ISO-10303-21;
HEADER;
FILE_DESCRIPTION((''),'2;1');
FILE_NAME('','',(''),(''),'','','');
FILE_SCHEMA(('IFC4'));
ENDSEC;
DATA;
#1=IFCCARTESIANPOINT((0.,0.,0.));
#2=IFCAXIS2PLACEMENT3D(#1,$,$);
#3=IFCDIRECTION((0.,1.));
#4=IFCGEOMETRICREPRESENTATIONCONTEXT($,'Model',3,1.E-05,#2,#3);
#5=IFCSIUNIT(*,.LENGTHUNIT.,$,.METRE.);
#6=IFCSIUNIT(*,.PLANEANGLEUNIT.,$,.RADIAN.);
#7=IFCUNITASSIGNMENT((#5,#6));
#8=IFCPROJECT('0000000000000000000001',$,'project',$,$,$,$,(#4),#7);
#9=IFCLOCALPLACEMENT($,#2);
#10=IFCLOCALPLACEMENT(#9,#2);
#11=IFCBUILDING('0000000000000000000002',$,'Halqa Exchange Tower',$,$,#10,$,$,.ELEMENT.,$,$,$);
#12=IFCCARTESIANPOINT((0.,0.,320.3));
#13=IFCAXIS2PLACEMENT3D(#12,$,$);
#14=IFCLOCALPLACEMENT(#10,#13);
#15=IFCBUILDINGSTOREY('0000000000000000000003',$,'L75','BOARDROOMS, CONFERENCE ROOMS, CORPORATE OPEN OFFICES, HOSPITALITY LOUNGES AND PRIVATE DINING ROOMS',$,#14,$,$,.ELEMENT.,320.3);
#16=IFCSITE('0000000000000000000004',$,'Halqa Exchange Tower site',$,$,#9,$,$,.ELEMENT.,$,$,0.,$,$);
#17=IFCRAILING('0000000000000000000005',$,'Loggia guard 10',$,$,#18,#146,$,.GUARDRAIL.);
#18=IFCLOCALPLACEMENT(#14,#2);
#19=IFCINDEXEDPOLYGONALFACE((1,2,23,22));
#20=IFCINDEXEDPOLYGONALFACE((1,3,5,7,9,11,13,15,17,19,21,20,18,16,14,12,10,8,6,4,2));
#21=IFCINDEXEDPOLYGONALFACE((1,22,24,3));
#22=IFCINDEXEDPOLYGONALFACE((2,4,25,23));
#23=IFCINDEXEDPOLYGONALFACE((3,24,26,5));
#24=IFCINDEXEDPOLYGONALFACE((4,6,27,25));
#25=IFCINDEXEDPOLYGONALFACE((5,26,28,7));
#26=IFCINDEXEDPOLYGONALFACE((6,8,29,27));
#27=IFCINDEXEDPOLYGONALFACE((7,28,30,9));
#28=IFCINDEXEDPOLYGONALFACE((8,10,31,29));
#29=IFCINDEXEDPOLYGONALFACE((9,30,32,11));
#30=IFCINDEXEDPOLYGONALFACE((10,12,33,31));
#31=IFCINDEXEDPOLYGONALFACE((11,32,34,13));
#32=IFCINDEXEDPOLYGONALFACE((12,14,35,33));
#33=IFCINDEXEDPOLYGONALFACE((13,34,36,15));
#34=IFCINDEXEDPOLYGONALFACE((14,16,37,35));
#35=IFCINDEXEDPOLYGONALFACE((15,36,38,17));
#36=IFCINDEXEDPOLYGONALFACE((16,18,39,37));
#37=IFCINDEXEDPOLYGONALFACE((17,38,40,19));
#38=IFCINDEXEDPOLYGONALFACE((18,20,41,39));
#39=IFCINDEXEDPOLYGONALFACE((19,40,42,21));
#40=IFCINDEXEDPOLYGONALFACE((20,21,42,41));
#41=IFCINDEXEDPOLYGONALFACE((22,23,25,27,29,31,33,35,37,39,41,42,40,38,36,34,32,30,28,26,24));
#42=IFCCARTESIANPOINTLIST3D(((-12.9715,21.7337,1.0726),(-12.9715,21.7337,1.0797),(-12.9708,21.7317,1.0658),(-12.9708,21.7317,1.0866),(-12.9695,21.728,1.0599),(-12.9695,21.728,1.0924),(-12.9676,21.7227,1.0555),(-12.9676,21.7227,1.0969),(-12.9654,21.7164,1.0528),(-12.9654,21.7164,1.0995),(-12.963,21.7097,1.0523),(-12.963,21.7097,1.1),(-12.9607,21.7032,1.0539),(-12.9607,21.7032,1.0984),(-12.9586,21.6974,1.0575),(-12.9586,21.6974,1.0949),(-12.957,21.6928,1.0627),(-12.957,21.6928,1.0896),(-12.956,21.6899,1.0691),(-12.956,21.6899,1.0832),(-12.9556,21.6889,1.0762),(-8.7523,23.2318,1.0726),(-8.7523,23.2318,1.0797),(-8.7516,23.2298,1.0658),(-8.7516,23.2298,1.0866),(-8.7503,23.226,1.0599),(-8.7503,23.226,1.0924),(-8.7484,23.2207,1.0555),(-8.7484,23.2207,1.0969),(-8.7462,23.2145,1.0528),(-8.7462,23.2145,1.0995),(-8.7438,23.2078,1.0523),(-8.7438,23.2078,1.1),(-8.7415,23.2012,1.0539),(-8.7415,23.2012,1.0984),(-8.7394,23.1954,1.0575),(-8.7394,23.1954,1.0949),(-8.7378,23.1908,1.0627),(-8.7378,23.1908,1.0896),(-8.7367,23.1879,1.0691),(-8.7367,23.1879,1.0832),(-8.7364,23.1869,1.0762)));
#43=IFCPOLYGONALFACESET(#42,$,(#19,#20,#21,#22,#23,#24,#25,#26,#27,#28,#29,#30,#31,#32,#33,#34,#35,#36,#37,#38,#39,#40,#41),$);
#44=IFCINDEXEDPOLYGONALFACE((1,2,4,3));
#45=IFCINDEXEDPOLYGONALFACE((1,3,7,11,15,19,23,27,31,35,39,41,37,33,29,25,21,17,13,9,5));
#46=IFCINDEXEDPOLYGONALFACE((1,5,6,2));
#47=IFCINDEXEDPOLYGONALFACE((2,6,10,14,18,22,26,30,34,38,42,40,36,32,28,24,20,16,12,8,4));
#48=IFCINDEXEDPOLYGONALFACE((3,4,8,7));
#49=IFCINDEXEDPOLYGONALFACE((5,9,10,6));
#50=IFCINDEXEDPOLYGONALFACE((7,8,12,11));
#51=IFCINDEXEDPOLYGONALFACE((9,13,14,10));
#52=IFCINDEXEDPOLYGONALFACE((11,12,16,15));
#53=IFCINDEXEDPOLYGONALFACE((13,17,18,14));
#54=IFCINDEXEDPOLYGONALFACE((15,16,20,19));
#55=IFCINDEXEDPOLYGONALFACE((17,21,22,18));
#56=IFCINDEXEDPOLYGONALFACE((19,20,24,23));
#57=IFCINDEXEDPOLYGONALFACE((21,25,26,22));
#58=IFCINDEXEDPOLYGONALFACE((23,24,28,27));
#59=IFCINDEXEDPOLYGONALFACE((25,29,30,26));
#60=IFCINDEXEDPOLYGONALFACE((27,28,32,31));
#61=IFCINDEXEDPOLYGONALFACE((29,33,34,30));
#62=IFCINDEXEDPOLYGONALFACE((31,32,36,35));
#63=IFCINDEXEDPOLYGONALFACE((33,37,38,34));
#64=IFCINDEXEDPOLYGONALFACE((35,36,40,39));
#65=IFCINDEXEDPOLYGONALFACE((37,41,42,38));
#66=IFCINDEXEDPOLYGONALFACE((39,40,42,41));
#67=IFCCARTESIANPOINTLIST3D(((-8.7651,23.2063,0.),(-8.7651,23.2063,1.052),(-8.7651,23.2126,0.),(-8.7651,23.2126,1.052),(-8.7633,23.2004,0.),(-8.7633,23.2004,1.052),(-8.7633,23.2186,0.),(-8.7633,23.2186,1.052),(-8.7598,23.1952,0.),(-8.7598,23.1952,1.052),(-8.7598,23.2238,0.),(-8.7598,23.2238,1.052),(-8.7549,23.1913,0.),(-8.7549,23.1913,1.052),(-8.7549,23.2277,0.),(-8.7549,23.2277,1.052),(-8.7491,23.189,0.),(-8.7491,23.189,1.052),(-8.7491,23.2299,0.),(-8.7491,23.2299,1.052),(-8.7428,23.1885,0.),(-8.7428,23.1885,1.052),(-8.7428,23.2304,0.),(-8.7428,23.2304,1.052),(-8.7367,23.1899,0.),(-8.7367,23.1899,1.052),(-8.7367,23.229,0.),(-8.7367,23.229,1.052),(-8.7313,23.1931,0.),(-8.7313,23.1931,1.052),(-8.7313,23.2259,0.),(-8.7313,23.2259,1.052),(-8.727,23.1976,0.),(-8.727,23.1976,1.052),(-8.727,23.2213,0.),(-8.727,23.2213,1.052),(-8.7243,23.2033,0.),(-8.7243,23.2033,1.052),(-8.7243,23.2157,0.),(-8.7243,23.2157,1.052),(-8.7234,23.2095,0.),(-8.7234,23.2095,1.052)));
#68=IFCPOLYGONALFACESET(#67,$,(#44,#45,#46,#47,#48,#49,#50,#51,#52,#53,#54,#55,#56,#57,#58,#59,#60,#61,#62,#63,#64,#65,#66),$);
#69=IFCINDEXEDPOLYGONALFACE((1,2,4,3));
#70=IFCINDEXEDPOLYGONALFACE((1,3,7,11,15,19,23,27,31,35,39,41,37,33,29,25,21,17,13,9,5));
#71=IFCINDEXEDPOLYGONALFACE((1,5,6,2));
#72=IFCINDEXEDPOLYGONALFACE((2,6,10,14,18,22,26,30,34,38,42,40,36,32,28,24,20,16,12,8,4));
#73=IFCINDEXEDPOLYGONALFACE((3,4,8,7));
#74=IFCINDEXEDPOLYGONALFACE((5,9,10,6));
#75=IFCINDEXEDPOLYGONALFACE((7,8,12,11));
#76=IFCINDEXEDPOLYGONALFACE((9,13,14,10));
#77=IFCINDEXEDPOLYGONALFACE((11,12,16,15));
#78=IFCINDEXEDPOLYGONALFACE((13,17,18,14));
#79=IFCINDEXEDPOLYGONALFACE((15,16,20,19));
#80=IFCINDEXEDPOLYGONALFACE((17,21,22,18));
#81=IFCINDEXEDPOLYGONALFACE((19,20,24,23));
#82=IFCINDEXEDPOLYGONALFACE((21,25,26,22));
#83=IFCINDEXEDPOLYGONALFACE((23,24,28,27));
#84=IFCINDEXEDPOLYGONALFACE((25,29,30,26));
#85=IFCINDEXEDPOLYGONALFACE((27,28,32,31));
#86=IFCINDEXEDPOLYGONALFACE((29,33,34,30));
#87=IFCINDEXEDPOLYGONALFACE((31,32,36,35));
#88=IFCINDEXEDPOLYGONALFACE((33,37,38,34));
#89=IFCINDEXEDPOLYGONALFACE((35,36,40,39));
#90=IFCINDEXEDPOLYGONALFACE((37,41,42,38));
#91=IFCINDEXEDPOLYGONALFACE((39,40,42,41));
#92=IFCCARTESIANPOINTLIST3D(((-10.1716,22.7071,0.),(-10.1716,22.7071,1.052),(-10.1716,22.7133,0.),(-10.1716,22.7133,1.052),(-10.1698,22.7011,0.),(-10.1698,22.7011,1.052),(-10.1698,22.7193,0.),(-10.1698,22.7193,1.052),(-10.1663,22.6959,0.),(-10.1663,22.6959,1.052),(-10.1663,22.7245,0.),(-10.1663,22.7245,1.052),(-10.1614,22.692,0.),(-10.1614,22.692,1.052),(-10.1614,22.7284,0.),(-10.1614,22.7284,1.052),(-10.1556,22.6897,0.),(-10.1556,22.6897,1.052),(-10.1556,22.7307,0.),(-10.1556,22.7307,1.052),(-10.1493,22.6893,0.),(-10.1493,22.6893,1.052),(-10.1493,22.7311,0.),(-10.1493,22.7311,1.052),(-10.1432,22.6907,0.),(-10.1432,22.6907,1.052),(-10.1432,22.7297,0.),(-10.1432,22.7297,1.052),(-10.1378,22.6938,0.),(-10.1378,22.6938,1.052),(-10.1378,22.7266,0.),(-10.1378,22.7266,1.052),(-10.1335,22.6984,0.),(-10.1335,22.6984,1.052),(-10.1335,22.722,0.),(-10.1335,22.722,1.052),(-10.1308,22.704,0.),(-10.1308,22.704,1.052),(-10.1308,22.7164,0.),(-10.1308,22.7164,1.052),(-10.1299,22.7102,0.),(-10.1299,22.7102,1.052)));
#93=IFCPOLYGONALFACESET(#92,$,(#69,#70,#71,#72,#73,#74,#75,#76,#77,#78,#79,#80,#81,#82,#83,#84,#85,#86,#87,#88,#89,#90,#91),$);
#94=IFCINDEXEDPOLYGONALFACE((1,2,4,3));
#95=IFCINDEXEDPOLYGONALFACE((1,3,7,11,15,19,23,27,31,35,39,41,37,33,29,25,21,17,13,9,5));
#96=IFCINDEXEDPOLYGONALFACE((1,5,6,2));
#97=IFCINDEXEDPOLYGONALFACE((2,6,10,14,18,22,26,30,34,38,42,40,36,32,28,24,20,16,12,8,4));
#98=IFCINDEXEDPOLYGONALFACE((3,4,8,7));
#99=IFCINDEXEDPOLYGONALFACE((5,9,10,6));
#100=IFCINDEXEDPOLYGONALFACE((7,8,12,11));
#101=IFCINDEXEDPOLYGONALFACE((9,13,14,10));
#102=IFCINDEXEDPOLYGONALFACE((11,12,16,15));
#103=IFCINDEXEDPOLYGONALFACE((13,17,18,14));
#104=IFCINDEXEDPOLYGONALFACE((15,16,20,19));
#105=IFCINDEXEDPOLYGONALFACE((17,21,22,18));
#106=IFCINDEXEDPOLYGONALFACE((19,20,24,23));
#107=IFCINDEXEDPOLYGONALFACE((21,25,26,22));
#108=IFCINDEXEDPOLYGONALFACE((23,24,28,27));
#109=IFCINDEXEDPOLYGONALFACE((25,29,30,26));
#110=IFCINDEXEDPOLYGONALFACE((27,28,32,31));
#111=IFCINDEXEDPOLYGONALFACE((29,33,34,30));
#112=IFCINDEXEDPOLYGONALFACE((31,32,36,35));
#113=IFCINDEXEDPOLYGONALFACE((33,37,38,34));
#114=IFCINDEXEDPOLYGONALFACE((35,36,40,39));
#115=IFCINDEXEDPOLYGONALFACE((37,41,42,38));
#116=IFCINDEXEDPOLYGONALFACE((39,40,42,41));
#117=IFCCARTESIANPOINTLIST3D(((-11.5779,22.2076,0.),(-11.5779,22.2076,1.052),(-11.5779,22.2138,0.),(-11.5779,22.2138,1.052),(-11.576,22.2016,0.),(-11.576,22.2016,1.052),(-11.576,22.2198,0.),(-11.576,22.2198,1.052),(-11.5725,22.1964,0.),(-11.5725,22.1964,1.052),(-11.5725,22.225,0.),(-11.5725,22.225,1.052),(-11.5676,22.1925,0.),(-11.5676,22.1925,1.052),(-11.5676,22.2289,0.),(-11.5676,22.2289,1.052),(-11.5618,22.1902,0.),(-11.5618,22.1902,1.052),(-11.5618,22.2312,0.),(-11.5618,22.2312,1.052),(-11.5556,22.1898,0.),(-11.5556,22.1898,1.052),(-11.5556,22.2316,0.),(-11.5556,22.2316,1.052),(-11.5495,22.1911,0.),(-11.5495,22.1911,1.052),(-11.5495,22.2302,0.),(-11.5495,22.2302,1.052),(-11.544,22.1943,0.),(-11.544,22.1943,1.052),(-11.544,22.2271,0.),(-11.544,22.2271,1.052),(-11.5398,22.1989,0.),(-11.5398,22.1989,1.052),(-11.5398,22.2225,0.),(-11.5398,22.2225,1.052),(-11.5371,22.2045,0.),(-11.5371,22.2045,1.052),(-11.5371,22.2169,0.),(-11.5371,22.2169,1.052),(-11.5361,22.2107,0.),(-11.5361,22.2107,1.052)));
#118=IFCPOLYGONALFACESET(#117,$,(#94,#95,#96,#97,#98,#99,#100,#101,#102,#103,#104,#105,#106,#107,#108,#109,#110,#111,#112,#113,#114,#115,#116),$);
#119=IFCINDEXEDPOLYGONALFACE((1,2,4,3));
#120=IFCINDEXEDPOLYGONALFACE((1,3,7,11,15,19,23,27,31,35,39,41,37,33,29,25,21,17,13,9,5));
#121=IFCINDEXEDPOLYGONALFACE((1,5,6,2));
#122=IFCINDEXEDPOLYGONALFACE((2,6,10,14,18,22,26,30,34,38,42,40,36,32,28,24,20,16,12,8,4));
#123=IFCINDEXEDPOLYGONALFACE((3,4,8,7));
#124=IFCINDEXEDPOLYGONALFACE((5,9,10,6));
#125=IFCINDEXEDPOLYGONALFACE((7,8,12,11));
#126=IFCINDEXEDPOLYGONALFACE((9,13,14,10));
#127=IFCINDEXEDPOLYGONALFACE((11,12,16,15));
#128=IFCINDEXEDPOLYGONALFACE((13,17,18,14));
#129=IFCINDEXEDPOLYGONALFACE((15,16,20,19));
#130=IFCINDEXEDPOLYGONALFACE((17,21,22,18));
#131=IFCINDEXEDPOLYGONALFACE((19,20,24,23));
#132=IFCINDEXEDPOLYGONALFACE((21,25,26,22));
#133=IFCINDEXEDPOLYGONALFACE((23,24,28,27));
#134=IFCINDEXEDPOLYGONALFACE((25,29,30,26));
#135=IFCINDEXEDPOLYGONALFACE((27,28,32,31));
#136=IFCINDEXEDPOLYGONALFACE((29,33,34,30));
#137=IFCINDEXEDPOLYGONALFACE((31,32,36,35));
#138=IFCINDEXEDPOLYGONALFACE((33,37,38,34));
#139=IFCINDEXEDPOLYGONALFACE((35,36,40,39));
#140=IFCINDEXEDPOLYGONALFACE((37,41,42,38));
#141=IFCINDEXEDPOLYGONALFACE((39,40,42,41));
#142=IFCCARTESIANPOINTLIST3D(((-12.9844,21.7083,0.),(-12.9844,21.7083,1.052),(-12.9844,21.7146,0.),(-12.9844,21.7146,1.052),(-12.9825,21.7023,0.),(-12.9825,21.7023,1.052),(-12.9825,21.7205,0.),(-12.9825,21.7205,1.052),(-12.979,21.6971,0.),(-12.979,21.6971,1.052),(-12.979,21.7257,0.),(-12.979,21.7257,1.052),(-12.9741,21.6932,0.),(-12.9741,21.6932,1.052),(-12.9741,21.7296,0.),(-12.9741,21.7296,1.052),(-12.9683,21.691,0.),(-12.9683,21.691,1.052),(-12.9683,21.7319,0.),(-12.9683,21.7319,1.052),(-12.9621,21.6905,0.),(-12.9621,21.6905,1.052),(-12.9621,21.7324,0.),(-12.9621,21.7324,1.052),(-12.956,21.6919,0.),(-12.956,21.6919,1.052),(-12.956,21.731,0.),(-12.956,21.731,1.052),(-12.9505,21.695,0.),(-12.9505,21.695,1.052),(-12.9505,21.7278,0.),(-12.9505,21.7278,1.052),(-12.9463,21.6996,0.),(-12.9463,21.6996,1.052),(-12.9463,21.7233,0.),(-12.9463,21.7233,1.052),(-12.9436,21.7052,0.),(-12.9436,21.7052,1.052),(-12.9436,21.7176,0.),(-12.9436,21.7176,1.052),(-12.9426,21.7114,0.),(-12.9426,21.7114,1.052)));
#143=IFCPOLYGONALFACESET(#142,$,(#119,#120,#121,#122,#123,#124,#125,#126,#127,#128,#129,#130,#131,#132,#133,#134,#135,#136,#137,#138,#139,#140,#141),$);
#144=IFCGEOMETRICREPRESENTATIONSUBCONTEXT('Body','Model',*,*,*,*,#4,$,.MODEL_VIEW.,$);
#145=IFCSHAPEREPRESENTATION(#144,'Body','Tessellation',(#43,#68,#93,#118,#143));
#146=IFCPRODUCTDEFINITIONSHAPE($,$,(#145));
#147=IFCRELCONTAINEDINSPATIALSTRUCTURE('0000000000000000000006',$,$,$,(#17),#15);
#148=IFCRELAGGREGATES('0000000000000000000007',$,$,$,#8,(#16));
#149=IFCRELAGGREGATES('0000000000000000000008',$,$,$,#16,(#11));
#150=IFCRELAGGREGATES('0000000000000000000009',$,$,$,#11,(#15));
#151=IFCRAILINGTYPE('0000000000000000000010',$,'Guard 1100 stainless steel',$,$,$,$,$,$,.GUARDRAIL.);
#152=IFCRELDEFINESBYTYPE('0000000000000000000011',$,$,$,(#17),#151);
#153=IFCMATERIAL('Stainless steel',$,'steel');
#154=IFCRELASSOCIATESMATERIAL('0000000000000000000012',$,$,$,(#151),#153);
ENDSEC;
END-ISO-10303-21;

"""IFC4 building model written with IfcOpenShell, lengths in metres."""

from ifc_helpers import new_model, si_unit, direction, frame, origin, origin_2d, place, context, subcontext, project, spatial, circle, extrude, material, type_object, element, save


model = new_model("IFC4")

# Units and contexts
model_context = context("Model", 3, precision=1e-05, world=origin(), true_north=direction((0.0, 1.0)))
body_context = subcontext(model_context, "Body", "Model", "MODEL_VIEW")
ifc_project = project(units=[si_unit("LENGTHUNIT", "METRE"), si_unit("PLANEANGLEUNIT", "RADIAN")], contexts=[model_context])

# Site, building, storey
site_placement = place(None, origin())
site = spatial("IfcSite", under=ifc_project, at=site_placement, Name="Halqa Exchange Tower site", CompositionType="ELEMENT", RefElevation=0.0)
building_placement = place(site_placement, origin())
building = spatial("IfcBuilding", under=site, at=building_placement, Name="Halqa Exchange Tower", CompositionType="ELEMENT")
storey_placement = place(building_placement, frame((0.0, 0.0, 320.3)))
storey = spatial("IfcBuildingStorey", under=building, at=storey_placement, Name="L75", Description="BOARDROOMS, CONFERENCE ROOMS, CORPORATE OPEN OFFICES, HOSPITALITY LOUNGES AND PRIVATE DINING ROOMS", CompositionType="ELEMENT", Elevation=320.3)

# Railing
ifc_material_1 = material(Name="Stainless steel", Category="steel")
railing_type = type_object("IfcRailingType", Name="Guard 1100 stainless steel", PredefinedType="GUARDRAIL", material=ifc_material_1)
railing_1_placement = place(storey_placement, frame((-8.7444, 23.2095, 0.0)))
element("IfcRailing", 1, at=railing_1_placement, inside=storey, type_object=railing_type, Name="Loggia guard 10", PredefinedType="GUARDRAIL", context=body_context, shape_type="SweptSolid", body=[
    extrude(circle(Radius=0.0239, at=origin_2d()), frame((0.0, 0.0, 1.0762), z_axis=(-0.942365, -0.334588, 0.0), x_axis=(0.334588, -0.942365, 0.0)), (0.0, 0.0, 1.0), 4.4773),
    extrude(circle(Radius=0.021, at=origin_2d()), origin(), (0.0, 0.0, 1.0), 1.052),
    extrude(circle(Radius=0.021, at=origin_2d()), frame((-1.4065, -0.4993, 0.0)), (0.0, 0.0, 1.0), 1.052),
    extrude(circle(Radius=0.021, at=origin_2d()), frame((-2.8127, -0.9988, 0.0)), (0.0, 0.0, 1.0), 1.052),
    extrude(circle(Radius=0.021, at=origin_2d()), frame((-4.2192, -1.498, 0.0)), (0.0, 0.0, 1.0), 1.052),
])

save(model, "model.ifc")
